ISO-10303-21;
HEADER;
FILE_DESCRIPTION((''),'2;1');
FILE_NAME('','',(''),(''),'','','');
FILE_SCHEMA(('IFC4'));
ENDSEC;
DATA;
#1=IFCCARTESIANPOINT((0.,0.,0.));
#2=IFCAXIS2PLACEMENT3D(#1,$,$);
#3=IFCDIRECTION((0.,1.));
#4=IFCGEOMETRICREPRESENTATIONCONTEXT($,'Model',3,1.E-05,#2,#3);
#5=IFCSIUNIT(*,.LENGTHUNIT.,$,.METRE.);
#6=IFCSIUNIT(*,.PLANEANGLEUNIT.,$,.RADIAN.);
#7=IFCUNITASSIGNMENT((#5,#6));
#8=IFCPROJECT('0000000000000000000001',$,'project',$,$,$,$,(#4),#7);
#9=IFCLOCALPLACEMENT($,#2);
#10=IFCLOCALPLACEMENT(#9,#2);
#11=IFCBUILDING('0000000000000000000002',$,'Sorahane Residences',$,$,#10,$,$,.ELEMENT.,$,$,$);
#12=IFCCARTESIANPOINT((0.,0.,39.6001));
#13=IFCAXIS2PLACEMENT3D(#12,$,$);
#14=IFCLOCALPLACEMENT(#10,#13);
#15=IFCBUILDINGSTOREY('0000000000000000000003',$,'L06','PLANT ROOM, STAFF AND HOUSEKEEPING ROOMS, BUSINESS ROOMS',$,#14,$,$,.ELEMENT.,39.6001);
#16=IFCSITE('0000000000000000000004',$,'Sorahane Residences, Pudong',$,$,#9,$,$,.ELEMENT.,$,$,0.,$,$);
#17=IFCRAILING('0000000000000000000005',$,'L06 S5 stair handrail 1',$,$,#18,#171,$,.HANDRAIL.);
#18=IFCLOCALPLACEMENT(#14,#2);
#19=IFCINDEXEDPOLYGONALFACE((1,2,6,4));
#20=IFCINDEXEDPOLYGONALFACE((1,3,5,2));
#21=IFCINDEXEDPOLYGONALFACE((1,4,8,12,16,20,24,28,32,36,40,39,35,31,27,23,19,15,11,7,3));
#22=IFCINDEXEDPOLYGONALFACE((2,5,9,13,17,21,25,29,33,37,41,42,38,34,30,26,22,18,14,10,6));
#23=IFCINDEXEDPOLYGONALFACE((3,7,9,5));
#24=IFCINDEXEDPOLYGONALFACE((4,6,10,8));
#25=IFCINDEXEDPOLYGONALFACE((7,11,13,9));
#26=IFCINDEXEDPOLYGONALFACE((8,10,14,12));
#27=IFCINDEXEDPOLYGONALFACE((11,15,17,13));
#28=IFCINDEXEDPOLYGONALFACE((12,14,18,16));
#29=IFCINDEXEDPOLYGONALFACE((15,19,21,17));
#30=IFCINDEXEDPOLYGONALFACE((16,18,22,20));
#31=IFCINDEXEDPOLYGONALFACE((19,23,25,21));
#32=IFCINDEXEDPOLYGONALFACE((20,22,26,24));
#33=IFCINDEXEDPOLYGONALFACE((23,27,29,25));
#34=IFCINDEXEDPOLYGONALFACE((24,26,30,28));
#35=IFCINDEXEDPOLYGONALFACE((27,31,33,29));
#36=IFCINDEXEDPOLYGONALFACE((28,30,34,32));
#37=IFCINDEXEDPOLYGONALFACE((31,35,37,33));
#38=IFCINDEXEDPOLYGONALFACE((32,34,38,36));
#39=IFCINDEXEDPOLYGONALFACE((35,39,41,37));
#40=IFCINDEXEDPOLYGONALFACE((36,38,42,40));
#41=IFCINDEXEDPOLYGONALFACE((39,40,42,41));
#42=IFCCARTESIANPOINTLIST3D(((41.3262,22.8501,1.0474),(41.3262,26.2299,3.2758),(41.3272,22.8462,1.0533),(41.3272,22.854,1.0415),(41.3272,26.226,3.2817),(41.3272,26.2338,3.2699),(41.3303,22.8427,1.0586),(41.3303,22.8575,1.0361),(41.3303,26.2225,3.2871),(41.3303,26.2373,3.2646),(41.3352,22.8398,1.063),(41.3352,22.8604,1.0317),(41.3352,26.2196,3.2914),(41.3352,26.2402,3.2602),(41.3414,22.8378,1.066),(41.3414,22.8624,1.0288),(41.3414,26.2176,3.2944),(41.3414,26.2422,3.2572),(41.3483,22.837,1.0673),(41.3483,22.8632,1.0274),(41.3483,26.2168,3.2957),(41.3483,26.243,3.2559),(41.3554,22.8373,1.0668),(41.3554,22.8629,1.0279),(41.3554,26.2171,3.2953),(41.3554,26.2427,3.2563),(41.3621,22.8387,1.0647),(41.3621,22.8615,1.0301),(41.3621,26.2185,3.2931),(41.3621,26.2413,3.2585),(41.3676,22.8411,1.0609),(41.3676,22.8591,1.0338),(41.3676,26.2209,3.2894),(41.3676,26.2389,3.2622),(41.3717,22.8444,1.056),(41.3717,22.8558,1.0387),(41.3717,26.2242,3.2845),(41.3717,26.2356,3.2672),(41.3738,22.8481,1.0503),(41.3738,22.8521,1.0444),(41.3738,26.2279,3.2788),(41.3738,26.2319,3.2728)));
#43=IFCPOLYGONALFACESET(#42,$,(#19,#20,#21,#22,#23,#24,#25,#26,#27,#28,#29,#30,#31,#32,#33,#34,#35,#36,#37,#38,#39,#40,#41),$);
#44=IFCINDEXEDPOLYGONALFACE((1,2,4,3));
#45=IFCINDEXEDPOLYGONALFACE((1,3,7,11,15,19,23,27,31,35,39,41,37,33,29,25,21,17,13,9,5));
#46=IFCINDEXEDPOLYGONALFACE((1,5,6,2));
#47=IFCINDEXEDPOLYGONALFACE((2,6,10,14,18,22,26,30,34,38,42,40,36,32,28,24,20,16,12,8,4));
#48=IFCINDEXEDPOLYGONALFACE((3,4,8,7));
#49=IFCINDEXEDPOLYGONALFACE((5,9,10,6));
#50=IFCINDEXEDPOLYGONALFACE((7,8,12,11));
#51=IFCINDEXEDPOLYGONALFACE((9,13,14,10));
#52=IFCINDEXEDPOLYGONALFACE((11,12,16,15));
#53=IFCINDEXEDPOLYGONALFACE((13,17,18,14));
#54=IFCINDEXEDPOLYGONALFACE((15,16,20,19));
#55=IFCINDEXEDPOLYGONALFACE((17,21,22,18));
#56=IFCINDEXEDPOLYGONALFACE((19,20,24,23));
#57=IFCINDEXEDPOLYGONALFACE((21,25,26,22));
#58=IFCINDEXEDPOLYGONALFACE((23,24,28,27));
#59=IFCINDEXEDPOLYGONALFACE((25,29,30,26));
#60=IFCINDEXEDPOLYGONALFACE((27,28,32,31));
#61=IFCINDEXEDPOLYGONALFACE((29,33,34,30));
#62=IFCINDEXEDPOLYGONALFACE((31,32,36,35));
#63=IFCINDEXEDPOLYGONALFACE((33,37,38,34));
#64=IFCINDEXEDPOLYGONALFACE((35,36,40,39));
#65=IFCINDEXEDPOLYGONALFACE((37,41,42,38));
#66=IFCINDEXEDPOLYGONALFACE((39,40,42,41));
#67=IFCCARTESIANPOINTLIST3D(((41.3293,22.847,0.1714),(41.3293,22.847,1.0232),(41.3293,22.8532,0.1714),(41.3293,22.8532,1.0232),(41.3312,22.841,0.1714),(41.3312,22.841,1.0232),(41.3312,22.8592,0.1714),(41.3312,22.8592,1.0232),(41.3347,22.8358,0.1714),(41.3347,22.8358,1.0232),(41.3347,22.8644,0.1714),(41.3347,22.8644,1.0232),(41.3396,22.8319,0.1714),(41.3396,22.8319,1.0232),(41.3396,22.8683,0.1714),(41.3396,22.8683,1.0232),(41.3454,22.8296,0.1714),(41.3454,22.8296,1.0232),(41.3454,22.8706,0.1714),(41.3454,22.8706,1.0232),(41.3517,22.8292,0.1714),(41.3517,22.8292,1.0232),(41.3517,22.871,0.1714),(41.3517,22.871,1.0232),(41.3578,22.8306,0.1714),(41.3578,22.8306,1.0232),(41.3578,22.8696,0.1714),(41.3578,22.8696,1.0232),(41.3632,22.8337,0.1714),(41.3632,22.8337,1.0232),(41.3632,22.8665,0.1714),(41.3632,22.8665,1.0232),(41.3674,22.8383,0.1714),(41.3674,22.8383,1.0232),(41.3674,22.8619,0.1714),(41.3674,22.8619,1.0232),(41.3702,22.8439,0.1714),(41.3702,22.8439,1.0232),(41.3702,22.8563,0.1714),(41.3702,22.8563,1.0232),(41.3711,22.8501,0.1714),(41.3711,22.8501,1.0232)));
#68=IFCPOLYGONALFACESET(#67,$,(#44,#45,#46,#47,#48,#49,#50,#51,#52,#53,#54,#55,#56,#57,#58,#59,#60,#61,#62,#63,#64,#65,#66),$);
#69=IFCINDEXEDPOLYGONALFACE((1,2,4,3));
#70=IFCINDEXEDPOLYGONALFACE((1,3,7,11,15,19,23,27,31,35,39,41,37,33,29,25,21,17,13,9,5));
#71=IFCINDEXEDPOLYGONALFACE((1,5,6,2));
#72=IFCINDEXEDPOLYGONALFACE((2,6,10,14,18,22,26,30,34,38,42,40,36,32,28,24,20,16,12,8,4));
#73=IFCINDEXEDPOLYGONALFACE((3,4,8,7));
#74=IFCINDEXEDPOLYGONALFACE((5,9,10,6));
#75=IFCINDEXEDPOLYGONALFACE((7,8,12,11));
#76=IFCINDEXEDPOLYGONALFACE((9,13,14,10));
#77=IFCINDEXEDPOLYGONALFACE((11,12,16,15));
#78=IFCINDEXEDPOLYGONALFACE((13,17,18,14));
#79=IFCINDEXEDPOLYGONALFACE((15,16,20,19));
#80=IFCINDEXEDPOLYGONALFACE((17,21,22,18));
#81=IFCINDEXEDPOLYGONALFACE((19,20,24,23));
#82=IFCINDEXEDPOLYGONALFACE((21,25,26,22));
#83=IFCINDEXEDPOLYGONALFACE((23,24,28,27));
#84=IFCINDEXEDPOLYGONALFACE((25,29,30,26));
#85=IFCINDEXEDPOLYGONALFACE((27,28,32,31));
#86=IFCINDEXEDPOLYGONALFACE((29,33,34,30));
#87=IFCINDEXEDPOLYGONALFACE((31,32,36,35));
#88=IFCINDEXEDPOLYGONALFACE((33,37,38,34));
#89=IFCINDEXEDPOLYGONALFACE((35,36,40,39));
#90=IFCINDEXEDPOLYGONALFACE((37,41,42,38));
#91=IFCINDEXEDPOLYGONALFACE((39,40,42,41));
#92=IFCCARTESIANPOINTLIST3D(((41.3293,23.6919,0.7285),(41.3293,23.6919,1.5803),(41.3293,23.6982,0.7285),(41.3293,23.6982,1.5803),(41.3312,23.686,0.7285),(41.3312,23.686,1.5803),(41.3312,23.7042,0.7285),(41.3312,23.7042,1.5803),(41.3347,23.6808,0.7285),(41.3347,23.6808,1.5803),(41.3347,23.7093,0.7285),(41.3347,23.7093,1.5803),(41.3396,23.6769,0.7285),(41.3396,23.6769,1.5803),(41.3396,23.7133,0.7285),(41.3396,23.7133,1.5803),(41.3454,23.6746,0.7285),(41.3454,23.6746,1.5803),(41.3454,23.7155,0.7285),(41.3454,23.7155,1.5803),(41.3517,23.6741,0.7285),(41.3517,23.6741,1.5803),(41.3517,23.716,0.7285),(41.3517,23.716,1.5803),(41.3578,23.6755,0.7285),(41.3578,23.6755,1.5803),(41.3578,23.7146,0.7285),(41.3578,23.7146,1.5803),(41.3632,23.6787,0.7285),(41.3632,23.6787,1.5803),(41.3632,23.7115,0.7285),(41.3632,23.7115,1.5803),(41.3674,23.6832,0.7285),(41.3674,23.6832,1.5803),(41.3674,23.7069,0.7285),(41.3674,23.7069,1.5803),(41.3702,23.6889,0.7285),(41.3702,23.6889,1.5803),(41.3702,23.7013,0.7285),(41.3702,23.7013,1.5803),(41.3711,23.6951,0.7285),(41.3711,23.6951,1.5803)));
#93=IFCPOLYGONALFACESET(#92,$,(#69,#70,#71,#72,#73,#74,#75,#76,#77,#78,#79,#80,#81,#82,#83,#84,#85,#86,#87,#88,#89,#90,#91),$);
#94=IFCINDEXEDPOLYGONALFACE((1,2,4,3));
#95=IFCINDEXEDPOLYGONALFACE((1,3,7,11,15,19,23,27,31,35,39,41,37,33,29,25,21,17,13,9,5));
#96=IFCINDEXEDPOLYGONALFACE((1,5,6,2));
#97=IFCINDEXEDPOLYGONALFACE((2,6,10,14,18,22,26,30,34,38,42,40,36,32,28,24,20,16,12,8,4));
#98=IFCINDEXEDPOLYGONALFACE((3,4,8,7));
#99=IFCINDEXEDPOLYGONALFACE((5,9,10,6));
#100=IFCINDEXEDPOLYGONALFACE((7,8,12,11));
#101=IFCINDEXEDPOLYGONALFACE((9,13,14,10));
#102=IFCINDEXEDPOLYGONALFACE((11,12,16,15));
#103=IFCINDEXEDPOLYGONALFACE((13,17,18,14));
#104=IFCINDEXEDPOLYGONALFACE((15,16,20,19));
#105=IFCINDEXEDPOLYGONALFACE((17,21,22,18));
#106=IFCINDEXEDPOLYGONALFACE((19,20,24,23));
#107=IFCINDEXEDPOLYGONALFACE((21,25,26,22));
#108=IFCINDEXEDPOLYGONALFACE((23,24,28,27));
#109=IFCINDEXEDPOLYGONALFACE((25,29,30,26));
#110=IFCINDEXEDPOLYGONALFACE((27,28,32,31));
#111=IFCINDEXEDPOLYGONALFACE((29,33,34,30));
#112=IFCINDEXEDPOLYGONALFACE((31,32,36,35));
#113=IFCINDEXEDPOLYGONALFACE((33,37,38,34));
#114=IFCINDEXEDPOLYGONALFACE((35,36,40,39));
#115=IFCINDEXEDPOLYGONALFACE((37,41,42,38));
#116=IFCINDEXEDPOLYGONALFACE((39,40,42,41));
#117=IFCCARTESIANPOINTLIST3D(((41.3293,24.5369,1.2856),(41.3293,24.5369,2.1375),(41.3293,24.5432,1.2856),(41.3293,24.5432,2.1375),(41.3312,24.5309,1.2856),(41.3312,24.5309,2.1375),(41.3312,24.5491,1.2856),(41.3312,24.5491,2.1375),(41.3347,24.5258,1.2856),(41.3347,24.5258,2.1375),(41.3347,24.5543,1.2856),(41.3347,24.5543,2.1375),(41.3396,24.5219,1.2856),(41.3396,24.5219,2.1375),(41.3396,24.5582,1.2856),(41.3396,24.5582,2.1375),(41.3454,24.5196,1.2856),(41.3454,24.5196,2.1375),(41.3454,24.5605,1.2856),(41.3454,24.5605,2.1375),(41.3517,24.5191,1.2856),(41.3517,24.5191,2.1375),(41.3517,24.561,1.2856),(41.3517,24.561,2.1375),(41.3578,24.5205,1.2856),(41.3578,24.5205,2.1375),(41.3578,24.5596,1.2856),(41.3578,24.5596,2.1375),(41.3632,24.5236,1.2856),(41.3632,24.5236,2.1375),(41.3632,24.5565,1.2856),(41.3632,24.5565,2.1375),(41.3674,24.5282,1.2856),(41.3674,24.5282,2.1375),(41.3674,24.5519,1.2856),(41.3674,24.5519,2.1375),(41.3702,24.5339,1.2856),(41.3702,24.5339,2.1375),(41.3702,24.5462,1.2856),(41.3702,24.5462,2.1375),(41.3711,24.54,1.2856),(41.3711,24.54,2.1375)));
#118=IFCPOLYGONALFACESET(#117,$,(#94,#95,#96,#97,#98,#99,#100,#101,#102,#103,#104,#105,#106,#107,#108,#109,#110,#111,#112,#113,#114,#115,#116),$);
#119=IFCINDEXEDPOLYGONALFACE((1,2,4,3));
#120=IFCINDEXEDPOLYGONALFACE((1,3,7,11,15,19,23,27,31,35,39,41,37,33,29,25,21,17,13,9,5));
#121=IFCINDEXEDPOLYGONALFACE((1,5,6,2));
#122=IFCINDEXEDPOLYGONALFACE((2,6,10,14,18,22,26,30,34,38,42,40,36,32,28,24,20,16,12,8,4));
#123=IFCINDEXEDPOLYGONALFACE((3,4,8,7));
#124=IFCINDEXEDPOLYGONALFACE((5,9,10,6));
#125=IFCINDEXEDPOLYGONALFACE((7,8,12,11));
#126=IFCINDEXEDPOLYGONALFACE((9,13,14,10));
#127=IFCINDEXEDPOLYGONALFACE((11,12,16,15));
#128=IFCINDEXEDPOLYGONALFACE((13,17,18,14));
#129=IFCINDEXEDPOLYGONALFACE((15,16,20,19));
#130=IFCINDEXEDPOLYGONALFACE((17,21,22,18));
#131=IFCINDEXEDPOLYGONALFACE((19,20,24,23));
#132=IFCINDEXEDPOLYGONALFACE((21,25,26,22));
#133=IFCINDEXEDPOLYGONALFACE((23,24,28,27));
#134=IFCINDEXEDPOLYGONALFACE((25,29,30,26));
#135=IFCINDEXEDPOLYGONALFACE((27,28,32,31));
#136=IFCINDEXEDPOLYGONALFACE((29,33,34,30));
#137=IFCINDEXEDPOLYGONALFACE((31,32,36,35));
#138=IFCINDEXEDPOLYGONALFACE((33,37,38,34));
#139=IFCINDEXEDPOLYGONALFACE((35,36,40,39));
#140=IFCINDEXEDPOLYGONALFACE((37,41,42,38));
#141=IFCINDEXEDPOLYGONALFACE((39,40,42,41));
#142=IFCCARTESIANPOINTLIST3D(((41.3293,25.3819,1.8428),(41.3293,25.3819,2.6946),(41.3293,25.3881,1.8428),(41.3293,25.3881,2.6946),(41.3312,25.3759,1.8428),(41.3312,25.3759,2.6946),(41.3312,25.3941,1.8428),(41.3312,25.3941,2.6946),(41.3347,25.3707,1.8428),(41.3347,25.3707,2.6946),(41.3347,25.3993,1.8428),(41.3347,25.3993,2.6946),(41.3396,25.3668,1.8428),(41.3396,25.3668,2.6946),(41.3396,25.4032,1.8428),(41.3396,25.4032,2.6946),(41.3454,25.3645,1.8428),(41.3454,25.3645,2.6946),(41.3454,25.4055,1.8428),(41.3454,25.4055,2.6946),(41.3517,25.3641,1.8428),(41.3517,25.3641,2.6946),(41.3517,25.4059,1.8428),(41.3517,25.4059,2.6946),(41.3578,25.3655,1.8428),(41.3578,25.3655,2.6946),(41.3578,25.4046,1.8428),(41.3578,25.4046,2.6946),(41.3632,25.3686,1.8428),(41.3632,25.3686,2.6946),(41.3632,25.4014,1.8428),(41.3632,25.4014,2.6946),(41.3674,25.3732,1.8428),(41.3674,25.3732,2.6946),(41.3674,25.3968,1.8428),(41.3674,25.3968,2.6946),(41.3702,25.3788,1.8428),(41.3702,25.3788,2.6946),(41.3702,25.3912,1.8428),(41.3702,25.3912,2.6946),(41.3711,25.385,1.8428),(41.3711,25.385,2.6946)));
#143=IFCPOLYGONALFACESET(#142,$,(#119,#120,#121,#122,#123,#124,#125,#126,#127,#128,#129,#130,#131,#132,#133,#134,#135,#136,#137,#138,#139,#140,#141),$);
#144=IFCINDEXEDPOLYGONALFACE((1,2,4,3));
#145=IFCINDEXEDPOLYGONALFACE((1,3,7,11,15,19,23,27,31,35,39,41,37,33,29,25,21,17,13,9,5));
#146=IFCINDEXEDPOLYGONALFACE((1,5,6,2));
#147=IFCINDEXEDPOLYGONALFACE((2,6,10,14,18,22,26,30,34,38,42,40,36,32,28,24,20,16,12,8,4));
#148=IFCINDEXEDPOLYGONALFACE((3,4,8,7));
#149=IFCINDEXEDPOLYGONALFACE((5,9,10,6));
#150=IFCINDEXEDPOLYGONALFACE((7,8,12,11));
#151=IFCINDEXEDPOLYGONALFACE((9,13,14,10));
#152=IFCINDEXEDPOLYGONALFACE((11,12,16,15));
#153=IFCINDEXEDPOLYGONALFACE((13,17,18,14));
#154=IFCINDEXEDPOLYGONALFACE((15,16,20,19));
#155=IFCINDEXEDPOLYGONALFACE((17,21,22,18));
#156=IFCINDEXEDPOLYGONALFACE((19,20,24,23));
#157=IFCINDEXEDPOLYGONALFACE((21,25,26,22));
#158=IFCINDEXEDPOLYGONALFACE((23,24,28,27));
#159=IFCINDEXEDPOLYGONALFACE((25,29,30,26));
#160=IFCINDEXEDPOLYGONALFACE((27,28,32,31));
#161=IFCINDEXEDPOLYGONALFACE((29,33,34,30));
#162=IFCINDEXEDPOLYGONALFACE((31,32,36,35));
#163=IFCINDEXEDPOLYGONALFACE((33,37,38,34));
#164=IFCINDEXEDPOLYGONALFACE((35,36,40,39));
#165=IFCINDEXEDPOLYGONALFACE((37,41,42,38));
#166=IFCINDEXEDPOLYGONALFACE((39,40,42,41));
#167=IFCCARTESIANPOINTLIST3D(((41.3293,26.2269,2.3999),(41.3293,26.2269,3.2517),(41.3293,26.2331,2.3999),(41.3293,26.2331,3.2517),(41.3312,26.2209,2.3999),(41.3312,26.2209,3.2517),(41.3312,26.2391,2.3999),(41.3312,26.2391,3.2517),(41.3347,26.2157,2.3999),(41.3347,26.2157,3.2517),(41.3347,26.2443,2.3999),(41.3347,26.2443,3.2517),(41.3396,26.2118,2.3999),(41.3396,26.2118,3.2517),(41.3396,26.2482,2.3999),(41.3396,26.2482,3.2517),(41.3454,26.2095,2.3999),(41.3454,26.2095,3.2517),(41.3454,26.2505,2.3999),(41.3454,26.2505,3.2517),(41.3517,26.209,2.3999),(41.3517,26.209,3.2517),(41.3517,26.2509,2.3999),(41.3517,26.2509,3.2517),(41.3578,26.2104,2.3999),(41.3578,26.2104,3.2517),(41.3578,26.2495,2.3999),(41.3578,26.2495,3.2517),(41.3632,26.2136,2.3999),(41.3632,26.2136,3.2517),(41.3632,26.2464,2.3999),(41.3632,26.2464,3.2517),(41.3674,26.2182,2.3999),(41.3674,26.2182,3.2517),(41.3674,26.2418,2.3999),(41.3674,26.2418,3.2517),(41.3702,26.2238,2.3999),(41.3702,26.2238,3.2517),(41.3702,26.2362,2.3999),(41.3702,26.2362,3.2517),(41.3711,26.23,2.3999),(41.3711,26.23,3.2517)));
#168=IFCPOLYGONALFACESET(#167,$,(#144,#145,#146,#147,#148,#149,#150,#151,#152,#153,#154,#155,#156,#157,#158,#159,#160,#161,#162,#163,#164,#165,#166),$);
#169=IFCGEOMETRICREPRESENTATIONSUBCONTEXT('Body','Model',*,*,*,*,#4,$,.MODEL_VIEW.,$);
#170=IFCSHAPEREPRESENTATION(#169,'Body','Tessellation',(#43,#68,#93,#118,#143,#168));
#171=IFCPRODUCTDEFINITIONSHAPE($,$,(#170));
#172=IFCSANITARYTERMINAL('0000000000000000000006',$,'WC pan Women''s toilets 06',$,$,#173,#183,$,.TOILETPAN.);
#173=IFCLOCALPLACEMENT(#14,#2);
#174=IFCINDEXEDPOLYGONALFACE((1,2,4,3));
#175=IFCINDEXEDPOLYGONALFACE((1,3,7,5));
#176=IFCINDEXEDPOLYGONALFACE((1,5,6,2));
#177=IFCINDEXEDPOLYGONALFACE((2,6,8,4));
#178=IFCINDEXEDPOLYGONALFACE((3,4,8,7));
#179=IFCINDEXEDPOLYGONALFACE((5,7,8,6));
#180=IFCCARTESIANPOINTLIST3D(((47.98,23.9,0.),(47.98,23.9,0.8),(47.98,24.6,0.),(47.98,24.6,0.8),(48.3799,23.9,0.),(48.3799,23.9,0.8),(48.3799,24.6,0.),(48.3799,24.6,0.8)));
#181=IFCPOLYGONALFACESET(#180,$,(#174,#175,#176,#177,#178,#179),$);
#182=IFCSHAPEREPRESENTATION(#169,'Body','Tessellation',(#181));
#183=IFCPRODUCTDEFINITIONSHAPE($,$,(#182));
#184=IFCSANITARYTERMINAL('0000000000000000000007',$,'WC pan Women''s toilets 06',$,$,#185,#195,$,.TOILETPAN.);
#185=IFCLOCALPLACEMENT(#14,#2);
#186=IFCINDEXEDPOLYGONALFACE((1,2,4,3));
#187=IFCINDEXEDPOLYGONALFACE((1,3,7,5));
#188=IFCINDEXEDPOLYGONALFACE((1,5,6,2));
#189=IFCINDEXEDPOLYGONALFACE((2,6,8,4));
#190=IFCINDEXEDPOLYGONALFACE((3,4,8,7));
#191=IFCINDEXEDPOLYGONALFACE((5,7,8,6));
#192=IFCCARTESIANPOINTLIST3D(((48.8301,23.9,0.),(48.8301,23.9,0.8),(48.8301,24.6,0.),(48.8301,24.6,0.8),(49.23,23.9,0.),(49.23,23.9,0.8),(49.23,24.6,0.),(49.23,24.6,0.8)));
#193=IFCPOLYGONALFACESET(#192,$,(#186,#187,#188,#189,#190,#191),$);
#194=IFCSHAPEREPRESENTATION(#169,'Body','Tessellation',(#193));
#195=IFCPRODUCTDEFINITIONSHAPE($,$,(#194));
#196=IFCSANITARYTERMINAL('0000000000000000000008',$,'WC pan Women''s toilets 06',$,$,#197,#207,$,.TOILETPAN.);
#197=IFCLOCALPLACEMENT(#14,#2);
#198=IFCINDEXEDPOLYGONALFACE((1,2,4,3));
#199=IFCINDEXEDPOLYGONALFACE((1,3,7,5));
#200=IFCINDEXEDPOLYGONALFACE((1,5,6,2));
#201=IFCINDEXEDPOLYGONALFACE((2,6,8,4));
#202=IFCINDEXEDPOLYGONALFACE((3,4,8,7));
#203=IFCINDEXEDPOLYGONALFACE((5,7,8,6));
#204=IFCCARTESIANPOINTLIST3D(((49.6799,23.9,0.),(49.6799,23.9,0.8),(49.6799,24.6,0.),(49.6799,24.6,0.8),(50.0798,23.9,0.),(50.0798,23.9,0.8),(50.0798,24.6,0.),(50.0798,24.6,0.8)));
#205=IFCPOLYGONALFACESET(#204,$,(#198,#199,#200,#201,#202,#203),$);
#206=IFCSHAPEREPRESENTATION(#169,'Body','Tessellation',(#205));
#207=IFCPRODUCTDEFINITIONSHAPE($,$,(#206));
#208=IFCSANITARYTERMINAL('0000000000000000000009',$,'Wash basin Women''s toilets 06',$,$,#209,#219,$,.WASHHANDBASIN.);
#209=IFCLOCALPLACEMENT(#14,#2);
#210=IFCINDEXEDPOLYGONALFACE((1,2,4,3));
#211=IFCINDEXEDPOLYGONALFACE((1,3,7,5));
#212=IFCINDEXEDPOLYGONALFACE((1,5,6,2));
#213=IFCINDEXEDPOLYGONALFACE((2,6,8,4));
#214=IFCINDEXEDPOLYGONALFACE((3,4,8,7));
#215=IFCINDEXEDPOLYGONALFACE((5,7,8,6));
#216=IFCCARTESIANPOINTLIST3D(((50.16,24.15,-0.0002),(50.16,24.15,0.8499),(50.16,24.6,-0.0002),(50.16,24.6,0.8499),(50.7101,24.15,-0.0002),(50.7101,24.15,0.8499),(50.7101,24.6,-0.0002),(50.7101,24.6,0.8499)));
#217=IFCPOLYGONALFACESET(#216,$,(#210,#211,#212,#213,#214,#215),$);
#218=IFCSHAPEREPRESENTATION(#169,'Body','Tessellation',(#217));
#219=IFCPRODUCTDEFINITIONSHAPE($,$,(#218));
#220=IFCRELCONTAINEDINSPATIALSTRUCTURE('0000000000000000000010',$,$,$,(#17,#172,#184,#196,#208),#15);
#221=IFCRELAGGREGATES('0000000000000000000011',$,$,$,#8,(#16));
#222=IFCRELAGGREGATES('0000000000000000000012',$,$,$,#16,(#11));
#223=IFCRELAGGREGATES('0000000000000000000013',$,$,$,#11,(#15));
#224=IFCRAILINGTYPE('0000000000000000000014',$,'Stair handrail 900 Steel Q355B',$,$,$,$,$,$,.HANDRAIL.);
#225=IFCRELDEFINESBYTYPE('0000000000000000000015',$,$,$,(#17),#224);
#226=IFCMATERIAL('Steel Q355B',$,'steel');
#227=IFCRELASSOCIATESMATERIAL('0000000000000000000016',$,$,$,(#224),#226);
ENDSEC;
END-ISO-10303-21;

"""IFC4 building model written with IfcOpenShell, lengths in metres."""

from ifc_helpers import new_model, si_unit, direction, frame, origin, origin_2d, place, context, subcontext, project, spatial, rectangle, circle, extrude, material, type_object, element, save


model = new_model("IFC4")

# Units and contexts
model_context = context("Model", 3, precision=1e-05, world=origin(), true_north=direction((0.0, 1.0)))
body_context = subcontext(model_context, "Body", "Model", "MODEL_VIEW")
ifc_project = project(units=[si_unit("LENGTHUNIT", "METRE"), si_unit("PLANEANGLEUNIT", "RADIAN")], contexts=[model_context])

# Site, building, storey
site_placement = place(None, origin())
site = spatial("IfcSite", under=ifc_project, at=site_placement, Name="Sorahane Residences, Pudong", CompositionType="ELEMENT", RefElevation=0.0)
building_placement = place(site_placement, origin())
building = spatial("IfcBuilding", under=site, at=building_placement, Name="Sorahane Residences", CompositionType="ELEMENT")
storey_placement = place(building_placement, frame((0.0, 0.0, 39.6001)))
storey = spatial("IfcBuildingStorey", under=building, at=storey_placement, Name="L06", Description="PLANT ROOM, STAFF AND HOUSEKEEPING ROOMS, BUSINESS ROOMS", CompositionType="ELEMENT", Elevation=39.6001)

# Railing
ifc_material_1 = material(Name="Steel Q355B", Category="steel")
railing_type_1 = type_object("IfcRailingType", Name="Stair handrail 900 Steel Q355B", PredefinedType="HANDRAIL", material=ifc_material_1)
railing_1_placement = place(storey_placement, frame((41.3501, 22.8501, 0.1714)))
element("IfcRailing", 1, at=railing_1_placement, inside=storey, type_object=railing_type_1, Name="L06 S5 stair handrail 1", PredefinedType="HANDRAIL", context=body_context, shape_type="SweptSolid", body=[
    extrude(circle(Radius=0.0239, at=origin_2d()), frame((0.0, 0.0, 0.876), z_axis=(0.0, 0.83486, 0.550462), x_axis=(-1.0, 0.0, 0.0)), (0.0, 0.0, 1.0), 4.0483),
    extrude(circle(Radius=0.021, at=origin_2d()), origin(), (0.0, 0.0, 1.0), 0.8518),
    extrude(circle(Radius=0.021, at=origin_2d()), frame((0.0, 0.845, 0.5571)), (0.0, 0.0, 1.0), 0.8518),
    extrude(circle(Radius=0.021, at=origin_2d()), frame((0.0, 1.6899, 1.1143)), (0.0, 0.0, 1.0), 0.8518),
    extrude(circle(Radius=0.021, at=origin_2d()), frame((0.0, 2.5349, 1.6714)), (0.0, 0.0, 1.0), 0.8518),
    extrude(circle(Radius=0.021, at=origin_2d()), frame((0.0, 3.3799, 2.2285)), (0.0, 0.0, 1.0), 0.8518),
])

# Sanitary terminals
for number, where, z_axis, x_axis, name in (
    (2, (48.1799, 24.25, 0.0), (0.0, 0.0, 1.0), (1.0, 0.0, 0.0), "WC pan Women's toilets 06"),
    (3, (49.03, 24.25, 0.0), (0.0, 0.0, 1.0), (1.0, 0.0, 0.0), "WC pan Women's toilets 06"),
    (4, (49.8799, 24.25, 0.0), (0.0, 0.0, 1.0), (1.0, 0.0, 0.0), "WC pan Women's toilets 06"),
):
    element("IfcSanitaryTerminal", number, at=place(storey_placement, frame(where, z_axis=z_axis, x_axis=x_axis)), inside=storey, Name=name, PredefinedType="TOILETPAN", context=body_context, shape_type="SweptSolid", body=[
        extrude(rectangle(XDim=0.3999, YDim=0.7, at=origin_2d()), origin(), (0.0, 0.0, 1.0), 0.8),
    ])
for number, where, z_axis, x_axis, name in (
    (5, (50.4351, 24.375, -0.0002), (0.0, 0.0, 1.0), (1.0, 0.0, 0.0), "Wash basin Women's toilets 06"),
):
    element("IfcSanitaryTerminal", number, at=place(storey_placement, frame(where, z_axis=z_axis, x_axis=x_axis)), inside=storey, Name=name, PredefinedType="WASHHANDBASIN", context=body_context, shape_type="SweptSolid", body=[
        extrude(rectangle(XDim=0.55, YDim=0.45, at=origin_2d()), origin(), (0.0, 0.0, 1.0), 0.8501),
    ])

save(model, "model.ifc")
